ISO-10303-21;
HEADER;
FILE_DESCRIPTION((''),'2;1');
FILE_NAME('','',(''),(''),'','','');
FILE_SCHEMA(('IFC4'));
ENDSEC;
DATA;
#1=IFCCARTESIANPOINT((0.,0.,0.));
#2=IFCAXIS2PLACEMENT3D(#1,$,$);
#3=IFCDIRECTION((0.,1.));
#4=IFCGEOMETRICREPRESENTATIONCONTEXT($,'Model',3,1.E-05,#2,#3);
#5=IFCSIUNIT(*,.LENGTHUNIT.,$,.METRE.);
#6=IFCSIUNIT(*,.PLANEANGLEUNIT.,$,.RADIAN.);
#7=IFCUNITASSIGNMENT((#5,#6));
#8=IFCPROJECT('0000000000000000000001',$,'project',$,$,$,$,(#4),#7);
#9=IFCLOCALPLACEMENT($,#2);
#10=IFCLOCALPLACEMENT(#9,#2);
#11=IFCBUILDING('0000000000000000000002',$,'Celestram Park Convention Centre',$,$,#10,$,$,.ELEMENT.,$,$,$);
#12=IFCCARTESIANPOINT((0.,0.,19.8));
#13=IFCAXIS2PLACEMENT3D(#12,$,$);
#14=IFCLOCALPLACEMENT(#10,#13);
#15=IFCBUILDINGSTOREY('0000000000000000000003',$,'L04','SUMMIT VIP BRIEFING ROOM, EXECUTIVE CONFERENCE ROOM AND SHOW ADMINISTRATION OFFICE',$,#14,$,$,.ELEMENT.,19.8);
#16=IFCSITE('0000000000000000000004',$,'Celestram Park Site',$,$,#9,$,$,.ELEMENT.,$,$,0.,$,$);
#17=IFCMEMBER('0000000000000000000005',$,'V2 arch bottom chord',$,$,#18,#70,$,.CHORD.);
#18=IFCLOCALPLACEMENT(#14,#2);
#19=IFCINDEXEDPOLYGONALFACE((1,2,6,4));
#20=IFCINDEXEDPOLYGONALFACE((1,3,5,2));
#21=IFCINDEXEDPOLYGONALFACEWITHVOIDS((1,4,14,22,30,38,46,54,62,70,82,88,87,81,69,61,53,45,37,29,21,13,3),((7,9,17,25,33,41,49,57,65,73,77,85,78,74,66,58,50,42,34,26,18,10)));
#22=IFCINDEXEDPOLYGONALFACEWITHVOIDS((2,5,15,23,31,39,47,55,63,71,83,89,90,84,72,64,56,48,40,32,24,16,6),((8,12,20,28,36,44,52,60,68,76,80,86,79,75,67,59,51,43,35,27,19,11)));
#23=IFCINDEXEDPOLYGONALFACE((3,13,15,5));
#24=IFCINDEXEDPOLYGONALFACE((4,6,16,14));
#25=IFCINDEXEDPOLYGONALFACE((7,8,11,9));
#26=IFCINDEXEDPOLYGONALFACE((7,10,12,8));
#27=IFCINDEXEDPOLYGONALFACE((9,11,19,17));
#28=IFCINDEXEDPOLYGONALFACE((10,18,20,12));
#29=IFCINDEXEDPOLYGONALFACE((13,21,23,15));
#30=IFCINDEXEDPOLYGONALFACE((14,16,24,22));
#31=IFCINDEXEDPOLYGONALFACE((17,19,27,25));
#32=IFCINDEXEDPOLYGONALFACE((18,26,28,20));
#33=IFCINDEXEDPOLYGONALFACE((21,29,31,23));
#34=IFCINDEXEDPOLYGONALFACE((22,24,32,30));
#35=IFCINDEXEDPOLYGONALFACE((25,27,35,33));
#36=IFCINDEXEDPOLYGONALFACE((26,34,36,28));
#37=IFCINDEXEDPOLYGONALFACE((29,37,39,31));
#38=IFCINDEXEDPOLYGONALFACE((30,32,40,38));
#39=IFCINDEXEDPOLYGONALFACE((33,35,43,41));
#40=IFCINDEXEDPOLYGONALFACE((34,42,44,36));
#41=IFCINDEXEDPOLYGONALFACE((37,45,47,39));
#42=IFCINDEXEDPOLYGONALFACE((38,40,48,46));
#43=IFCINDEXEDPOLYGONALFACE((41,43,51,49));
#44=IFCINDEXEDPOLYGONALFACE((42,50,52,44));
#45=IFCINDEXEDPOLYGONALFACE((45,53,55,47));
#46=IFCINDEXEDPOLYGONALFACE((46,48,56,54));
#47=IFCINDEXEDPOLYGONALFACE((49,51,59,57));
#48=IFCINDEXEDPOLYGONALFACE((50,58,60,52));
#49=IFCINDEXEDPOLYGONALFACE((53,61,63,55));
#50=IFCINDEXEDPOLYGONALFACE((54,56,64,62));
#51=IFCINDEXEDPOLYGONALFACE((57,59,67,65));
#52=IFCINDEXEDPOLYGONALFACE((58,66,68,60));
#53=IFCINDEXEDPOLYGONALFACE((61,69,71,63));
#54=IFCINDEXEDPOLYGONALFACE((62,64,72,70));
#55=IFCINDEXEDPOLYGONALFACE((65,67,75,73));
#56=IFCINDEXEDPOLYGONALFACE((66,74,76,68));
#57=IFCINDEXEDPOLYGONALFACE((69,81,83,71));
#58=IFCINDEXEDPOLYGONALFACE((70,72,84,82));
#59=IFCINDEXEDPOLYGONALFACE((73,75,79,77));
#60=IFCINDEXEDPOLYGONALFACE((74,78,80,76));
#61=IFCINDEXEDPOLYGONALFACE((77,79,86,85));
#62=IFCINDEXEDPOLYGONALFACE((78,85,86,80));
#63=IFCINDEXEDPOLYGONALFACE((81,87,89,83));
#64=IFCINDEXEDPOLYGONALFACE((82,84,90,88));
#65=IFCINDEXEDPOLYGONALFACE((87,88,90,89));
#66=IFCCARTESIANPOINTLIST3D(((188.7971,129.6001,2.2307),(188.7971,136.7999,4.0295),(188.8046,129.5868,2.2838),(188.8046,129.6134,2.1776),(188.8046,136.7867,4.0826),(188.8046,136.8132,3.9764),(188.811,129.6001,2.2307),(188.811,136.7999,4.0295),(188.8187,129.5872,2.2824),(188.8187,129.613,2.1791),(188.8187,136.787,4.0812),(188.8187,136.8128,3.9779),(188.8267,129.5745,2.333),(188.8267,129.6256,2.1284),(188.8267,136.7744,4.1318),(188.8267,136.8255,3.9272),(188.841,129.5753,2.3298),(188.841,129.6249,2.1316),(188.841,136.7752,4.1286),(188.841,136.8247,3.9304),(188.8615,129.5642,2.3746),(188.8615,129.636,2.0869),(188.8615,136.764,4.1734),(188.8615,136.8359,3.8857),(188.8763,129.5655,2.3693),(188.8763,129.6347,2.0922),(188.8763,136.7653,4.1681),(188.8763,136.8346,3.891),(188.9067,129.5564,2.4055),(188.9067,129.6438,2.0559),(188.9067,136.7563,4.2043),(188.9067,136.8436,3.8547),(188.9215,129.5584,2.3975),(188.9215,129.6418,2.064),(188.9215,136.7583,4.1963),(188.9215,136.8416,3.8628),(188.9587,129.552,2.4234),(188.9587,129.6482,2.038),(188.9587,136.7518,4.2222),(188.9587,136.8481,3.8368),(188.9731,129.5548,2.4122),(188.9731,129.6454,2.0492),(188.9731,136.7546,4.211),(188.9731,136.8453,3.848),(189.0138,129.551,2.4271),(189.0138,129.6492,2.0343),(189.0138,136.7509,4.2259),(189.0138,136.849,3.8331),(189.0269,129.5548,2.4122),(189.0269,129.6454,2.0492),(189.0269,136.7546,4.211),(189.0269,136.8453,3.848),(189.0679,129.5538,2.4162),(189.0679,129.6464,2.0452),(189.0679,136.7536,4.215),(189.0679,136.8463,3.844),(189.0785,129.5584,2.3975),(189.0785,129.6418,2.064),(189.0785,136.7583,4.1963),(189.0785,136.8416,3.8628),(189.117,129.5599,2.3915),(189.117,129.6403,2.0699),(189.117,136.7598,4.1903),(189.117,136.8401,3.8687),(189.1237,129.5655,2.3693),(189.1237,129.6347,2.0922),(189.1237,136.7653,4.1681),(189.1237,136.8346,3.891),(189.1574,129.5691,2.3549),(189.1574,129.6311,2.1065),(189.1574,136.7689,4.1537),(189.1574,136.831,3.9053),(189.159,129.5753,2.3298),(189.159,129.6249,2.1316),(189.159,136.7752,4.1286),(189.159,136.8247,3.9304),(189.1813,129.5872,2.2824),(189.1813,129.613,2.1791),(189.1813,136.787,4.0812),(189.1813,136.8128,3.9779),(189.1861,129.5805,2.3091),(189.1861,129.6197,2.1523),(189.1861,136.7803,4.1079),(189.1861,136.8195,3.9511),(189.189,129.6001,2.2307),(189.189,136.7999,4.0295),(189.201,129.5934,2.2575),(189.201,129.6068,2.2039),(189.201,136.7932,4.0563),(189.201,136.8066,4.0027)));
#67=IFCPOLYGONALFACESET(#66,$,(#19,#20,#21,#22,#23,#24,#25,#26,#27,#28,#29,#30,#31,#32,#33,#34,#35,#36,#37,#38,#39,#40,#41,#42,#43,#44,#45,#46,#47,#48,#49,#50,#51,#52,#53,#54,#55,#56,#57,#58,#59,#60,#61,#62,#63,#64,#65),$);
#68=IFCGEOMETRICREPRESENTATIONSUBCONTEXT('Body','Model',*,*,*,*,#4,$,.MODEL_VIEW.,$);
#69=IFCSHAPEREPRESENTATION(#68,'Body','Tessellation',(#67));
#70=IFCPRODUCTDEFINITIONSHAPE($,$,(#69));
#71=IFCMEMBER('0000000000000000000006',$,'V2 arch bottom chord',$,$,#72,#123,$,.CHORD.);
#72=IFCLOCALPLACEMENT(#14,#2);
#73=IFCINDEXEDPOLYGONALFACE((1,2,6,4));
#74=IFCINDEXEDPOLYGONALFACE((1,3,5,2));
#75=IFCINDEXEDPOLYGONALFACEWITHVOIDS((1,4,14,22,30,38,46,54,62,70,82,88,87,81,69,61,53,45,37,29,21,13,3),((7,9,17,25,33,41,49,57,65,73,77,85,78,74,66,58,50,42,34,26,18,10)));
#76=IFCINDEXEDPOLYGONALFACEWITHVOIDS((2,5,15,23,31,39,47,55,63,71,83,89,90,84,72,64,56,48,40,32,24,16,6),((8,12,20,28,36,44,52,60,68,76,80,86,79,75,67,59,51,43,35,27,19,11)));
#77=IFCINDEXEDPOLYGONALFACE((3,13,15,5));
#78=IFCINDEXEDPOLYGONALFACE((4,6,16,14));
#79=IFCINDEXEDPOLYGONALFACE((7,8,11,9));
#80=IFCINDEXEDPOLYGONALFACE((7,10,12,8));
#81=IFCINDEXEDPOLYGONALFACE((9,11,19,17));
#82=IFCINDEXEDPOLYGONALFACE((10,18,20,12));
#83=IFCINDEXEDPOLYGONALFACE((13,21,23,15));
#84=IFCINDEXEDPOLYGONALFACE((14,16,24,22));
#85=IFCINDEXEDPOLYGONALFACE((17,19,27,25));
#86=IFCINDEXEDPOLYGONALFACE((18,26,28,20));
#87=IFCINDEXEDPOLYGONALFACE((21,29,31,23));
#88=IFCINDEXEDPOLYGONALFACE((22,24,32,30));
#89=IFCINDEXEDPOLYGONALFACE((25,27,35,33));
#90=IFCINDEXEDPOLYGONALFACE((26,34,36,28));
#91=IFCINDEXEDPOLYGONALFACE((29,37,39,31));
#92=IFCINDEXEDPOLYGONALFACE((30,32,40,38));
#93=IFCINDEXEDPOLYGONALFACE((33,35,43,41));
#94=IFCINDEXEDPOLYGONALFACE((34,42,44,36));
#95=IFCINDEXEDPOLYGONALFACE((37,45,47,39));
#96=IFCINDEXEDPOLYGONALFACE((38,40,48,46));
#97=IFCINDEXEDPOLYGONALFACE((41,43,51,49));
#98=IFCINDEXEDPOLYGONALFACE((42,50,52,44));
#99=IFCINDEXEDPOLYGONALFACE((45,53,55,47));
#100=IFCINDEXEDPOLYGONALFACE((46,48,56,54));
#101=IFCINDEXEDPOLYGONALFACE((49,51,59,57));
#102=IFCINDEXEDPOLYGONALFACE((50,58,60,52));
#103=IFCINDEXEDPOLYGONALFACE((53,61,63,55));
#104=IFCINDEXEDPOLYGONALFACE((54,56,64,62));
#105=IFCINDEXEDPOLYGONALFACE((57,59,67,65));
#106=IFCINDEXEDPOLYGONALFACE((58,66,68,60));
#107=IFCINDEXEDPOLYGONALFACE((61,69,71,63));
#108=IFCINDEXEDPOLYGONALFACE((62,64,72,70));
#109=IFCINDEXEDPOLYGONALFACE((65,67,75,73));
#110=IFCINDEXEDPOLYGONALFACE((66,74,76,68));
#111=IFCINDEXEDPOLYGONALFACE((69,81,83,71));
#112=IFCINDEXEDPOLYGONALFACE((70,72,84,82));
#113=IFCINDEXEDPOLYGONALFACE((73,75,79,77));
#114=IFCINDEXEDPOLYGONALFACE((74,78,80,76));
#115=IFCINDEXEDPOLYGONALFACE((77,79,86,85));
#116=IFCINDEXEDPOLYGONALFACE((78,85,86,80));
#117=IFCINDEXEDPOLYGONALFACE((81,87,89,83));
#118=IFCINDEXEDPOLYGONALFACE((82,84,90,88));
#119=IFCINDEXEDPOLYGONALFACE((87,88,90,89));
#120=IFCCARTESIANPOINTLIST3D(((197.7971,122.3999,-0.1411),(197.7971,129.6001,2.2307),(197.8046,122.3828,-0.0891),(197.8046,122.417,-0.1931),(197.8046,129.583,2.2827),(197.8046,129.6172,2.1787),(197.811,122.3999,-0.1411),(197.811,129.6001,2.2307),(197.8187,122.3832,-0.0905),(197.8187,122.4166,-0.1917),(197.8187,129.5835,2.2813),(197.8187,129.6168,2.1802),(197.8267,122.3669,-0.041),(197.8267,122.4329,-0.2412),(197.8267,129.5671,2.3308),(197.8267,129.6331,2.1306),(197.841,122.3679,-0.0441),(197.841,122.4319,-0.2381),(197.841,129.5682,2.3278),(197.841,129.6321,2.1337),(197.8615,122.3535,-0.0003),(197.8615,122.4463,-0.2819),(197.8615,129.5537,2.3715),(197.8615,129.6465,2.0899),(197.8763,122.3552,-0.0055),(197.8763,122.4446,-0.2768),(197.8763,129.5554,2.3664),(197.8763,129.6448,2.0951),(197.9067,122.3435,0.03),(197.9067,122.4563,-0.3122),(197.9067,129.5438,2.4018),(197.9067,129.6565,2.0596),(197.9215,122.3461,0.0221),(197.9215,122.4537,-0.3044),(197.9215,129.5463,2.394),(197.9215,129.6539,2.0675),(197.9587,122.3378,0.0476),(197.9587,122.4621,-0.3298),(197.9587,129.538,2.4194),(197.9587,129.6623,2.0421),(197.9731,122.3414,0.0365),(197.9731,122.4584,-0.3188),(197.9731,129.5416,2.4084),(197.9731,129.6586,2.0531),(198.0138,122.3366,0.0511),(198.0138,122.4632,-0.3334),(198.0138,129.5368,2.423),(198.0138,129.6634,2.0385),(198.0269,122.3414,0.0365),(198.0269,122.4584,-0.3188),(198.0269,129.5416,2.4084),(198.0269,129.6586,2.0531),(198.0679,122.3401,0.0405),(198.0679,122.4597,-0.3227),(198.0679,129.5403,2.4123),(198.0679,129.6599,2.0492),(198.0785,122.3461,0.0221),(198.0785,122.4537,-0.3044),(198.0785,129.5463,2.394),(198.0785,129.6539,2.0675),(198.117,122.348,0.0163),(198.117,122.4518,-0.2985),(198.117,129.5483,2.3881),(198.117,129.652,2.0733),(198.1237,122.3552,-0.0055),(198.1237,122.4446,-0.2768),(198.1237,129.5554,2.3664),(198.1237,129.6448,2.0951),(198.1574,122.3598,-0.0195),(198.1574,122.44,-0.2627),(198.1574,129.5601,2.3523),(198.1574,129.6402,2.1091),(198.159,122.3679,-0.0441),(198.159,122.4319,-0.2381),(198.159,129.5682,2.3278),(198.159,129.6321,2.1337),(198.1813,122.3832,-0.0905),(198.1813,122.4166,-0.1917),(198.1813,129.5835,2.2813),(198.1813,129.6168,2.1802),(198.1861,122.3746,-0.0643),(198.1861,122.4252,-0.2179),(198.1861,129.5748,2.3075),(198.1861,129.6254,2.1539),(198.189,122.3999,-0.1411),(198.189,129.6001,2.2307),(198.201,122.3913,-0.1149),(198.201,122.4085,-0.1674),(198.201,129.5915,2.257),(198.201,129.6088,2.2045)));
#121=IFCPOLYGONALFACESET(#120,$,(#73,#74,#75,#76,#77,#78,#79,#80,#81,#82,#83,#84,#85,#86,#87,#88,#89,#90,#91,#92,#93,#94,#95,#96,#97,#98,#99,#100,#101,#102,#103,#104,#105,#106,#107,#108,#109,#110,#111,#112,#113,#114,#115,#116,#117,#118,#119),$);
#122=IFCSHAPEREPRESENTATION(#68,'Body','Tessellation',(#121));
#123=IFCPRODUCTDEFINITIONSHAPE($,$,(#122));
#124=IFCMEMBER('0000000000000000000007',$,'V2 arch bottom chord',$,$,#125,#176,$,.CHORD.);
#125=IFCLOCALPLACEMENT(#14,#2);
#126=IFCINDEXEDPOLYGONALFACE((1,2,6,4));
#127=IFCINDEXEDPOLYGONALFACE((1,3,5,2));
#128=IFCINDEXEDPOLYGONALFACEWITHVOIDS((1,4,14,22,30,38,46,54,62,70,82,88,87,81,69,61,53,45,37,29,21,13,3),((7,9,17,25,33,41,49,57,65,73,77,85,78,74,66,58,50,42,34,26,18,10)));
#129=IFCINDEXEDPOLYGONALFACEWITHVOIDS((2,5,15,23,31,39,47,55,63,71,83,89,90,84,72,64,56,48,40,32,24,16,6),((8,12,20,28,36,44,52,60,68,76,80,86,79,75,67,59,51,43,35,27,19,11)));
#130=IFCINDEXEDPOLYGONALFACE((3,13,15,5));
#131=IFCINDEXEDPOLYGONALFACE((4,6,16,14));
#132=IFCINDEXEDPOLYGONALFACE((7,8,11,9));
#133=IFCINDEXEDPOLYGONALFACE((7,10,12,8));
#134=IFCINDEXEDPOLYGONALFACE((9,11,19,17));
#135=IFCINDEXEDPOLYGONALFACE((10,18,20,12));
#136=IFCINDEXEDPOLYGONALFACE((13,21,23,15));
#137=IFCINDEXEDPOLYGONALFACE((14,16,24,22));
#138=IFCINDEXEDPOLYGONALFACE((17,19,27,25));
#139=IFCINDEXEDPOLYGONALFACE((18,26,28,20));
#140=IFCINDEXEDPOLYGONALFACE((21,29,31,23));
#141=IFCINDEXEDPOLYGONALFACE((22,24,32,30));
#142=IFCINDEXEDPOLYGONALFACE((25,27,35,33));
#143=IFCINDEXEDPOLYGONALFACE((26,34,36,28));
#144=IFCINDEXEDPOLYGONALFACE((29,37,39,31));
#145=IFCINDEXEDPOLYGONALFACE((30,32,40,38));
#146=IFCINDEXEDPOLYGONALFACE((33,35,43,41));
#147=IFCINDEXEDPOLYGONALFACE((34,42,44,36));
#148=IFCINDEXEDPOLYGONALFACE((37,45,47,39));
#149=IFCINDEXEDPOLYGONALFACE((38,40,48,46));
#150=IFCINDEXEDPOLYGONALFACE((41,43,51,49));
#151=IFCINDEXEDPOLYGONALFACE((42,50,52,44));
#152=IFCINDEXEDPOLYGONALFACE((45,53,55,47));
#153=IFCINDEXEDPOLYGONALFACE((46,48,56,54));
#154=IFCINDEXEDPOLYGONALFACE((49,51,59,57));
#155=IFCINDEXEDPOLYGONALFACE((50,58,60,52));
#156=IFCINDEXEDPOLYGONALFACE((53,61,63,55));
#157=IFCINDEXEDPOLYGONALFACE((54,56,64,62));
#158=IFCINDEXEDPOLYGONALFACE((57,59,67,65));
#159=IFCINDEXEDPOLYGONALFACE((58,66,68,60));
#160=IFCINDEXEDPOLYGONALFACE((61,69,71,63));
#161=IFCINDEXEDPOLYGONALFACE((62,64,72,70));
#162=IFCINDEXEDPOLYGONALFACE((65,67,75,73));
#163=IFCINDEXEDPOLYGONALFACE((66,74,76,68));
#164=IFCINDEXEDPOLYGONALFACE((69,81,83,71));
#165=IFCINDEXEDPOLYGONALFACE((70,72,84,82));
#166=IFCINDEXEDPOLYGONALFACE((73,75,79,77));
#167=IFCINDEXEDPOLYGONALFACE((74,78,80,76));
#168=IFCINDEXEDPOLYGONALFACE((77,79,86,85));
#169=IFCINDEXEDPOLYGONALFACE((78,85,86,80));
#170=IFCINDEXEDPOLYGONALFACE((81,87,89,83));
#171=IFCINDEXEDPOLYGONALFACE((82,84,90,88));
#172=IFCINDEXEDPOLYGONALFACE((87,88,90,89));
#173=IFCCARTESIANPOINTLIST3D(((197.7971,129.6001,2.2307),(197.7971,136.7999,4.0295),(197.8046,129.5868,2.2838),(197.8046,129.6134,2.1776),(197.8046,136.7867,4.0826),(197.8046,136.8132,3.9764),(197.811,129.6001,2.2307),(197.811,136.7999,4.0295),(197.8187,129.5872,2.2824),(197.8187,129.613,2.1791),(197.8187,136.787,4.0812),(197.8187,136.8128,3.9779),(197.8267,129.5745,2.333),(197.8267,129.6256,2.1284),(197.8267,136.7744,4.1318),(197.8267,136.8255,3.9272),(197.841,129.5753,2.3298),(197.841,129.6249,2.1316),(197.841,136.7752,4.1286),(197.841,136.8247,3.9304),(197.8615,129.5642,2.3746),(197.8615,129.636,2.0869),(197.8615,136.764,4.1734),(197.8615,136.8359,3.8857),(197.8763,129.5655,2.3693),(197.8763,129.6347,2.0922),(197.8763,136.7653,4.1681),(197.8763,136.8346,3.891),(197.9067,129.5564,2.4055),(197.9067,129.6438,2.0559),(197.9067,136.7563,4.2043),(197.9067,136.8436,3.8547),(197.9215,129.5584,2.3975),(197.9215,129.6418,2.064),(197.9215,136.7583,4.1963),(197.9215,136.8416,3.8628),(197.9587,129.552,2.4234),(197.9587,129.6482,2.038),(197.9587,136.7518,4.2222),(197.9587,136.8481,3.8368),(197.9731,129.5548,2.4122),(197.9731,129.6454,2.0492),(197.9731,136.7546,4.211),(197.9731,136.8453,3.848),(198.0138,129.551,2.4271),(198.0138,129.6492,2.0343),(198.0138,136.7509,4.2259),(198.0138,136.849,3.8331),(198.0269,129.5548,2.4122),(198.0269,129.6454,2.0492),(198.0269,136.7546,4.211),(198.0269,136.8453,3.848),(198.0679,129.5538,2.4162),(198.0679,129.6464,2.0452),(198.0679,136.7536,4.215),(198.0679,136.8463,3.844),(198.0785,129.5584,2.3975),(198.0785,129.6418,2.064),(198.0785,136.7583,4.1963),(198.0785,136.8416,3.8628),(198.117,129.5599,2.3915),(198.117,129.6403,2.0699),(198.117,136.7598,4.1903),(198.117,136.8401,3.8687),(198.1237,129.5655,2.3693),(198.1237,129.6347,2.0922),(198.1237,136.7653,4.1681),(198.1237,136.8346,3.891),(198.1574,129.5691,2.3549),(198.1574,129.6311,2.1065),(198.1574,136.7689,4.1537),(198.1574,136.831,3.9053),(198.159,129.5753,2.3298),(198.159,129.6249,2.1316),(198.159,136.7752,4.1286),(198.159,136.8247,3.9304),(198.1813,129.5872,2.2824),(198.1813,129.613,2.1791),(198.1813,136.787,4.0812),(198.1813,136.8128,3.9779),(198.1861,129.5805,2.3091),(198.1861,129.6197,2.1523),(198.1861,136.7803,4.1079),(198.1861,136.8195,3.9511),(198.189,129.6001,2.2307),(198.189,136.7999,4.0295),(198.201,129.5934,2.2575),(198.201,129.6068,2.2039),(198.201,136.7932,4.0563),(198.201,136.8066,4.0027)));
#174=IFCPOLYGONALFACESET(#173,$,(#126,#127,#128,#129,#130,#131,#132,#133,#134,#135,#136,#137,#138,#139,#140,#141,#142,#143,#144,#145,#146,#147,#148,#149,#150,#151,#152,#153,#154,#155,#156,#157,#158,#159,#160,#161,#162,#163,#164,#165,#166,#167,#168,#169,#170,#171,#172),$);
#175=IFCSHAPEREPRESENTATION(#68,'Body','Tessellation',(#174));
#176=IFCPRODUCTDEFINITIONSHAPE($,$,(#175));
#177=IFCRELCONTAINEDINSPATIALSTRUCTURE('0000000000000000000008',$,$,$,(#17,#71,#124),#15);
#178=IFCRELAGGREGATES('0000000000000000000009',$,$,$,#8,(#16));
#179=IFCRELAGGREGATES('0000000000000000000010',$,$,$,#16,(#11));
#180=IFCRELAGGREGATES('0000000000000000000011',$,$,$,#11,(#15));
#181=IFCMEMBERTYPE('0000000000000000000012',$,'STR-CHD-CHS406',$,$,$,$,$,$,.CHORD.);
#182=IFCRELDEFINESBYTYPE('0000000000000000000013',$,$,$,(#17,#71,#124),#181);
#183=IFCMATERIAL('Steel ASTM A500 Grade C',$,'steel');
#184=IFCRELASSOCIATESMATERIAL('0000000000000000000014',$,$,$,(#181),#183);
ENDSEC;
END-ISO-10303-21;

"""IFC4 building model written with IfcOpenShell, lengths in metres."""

from ifc_helpers import new_model, si_unit, direction, frame, origin, origin_2d, place, context, subcontext, project, spatial, hollow_circle, extrude, material, material_profile, profile_set, type_object, element, save


model = new_model("IFC4")

# Units and contexts
model_context = context("Model", 3, precision=1e-05, world=origin(), true_north=direction((0.0, 1.0)))
body_context = subcontext(model_context, "Body", "Model", "MODEL_VIEW")
ifc_project = project(units=[si_unit("LENGTHUNIT", "METRE"), si_unit("PLANEANGLEUNIT", "RADIAN")], contexts=[model_context])

# Site, building, storey
site_placement = place(None, origin())
site = spatial("IfcSite", under=ifc_project, at=site_placement, Name="Celestram Park Site", CompositionType="ELEMENT", RefElevation=0.0)
building_placement = place(site_placement, origin())
building = spatial("IfcBuilding", under=site, at=building_placement, Name="Celestram Park Convention Centre", CompositionType="ELEMENT")
storey_placement = place(building_placement, frame((0.0, 0.0, 19.8)))
storey = spatial("IfcBuildingStorey", under=building, at=storey_placement, Name="L04", Description="SUMMIT VIP BRIEFING ROOM, EXECUTIVE CONFERENCE ROOM AND SHOW ADMINISTRATION OFFICE", CompositionType="ELEMENT", Elevation=19.8)

# Members
ifc_material_1 = material(Name="Steel ASTM A500 Grade C", Category="steel")
ifc_material_profile_1 = material_profile(ifc_material_1, hollow_circle(Radius=0.2029, WallThickness=0.0139, at=origin_2d()), Name="CHS406X14")
ifc_profile_set_1 = profile_set([ifc_material_profile_1], Name="Steel ASTM A500 Grade C")
member_type_1 = type_object("IfcMemberType", Name="STR-CHD-CHS406", PredefinedType="CHORD", material=ifc_profile_set_1)
member_1_placement = place(storey_placement, frame((189.0, 129.6001, 2.2307), z_axis=(0.0, 0.970179, 0.242389), x_axis=(-1.0, 0.0, 0.0)))
element("IfcMember", 1, at=member_1_placement, inside=storey, type_object=member_type_1, Name="V2 arch bottom chord", PredefinedType="CHORD", context=body_context, shape_type="SweptSolid", body=[
    extrude(hollow_circle(Radius=0.2029, WallThickness=0.0139, at=origin_2d()), origin(), (0.0, 0.0, 1.0), 7.4211),
])
member_2_placement = place(storey_placement, frame((198.0, 122.3999, -0.1411), z_axis=(0.0, 0.949795, 0.312873), x_axis=(-1.0, 0.0, 0.0)))
element("IfcMember", 2, at=member_2_placement, inside=storey, type_object=member_type_1, Name="V2 arch bottom chord", PredefinedType="CHORD", context=body_context, shape_type="SweptSolid", body=[
    extrude(hollow_circle(Radius=0.2029, WallThickness=0.0139, at=origin_2d()), origin(), (0.0, 0.0, 1.0), 7.5808),
])
member_3_placement = place(storey_placement, frame((198.0, 129.6001, 2.2307), z_axis=(0.0, 0.970179, 0.242389), x_axis=(-1.0, 0.0, 0.0)))
element("IfcMember", 3, at=member_3_placement, inside=storey, type_object=member_type_1, Name="V2 arch bottom chord", PredefinedType="CHORD", context=body_context, shape_type="SweptSolid", body=[
    extrude(hollow_circle(Radius=0.2029, WallThickness=0.0139, at=origin_2d()), origin(), (0.0, 0.0, 1.0), 7.4211),
])

save(model, "model.ifc")
